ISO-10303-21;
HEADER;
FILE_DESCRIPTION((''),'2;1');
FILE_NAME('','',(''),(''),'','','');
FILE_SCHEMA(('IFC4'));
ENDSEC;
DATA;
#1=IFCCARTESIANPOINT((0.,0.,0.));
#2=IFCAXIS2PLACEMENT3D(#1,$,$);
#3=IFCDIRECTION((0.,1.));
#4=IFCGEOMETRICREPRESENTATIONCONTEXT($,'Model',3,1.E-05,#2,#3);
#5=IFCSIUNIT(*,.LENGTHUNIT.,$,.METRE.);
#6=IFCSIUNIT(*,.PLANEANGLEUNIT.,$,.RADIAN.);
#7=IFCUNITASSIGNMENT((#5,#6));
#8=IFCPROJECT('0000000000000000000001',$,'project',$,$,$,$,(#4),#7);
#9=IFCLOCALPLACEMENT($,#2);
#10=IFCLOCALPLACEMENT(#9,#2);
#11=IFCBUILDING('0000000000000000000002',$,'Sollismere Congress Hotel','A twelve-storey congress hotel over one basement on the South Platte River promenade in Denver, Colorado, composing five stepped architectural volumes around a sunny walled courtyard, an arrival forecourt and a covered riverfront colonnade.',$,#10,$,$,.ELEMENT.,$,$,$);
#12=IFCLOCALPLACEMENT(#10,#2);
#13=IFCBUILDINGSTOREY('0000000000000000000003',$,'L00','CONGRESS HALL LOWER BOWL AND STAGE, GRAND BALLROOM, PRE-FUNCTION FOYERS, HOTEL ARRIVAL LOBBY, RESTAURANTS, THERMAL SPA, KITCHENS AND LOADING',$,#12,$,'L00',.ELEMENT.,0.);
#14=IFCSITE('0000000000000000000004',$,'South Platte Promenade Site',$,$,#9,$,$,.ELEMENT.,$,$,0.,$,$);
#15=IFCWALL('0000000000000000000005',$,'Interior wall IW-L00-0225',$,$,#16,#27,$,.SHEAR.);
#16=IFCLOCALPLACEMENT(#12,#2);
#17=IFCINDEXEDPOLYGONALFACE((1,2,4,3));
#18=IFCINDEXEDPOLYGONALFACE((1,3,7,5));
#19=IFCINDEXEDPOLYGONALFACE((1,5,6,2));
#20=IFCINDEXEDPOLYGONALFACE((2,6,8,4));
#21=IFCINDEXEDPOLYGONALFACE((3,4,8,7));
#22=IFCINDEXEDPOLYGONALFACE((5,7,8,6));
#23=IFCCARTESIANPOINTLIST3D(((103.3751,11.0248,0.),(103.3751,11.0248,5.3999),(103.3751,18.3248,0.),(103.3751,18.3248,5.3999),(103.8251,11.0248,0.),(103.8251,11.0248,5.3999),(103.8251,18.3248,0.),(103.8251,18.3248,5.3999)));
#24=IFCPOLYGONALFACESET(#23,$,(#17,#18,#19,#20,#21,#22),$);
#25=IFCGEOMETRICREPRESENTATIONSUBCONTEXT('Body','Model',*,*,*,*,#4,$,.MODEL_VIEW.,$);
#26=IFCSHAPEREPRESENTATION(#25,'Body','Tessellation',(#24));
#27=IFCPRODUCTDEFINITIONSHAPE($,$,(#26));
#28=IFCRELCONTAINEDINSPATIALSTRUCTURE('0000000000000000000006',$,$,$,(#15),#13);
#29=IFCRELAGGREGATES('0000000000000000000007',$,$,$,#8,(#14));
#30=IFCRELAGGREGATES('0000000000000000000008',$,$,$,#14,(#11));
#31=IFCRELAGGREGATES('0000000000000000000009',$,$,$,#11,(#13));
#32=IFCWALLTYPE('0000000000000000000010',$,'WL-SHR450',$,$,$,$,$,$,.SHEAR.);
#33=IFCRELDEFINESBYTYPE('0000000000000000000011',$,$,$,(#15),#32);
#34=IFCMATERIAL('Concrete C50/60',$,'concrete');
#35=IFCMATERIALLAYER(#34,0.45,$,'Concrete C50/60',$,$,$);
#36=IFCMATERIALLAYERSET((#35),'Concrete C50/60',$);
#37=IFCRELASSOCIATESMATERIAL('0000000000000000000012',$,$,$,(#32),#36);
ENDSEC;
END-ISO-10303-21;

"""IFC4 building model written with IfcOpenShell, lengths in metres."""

from ifc_helpers import new_model, si_unit, direction, frame, frame_2d, origin, place, context, subcontext, project, spatial, rectangle, extrude, material, layer, layer_set, type_object, element, save


model = new_model("IFC4")

# Units and contexts
model_context = context("Model", 3, precision=1e-05, world=origin(), true_north=direction((0.0, 1.0)))
body_context = subcontext(model_context, "Body", "Model", "MODEL_VIEW")
ifc_project = project(units=[si_unit("LENGTHUNIT", "METRE"), si_unit("PLANEANGLEUNIT", "RADIAN")], contexts=[model_context])

# Site, building, storey
site_placement = place(None, origin())
site = spatial("IfcSite", under=ifc_project, at=site_placement, Name="South Platte Promenade Site", CompositionType="ELEMENT", RefElevation=0.0)
building_placement = place(site_placement, origin())
building = spatial("IfcBuilding", under=site, at=building_placement, Name="Sollismere Congress Hotel", Description="A twelve-storey congress hotel over one basement on the South Platte River promenade in Denver, Colorado, composing five stepped architectural volumes around a sunny walled courtyard, an arrival forecourt and a covered riverfront colonnade.", CompositionType="ELEMENT")
storey_placement = place(building_placement, origin())
storey = spatial("IfcBuildingStorey", under=building, at=storey_placement, Name="L00", Description="CONGRESS HALL LOWER BOWL AND STAGE, GRAND BALLROOM, PRE-FUNCTION FOYERS, HOTEL ARRIVAL LOBBY, RESTAURANTS, THERMAL SPA, KITCHENS AND LOADING", LongName="L00", CompositionType="ELEMENT", Elevation=0.0)

# Wall
ifc_material_1 = material(Name="Concrete C50/60", Category="concrete")
ifc_layer_1 = layer(ifc_material_1, 0.45, Name="Concrete C50/60")
ifc_layer_set_1 = layer_set([ifc_layer_1], Name="Concrete C50/60")
wall_type_1 = type_object("IfcWallType", Name="WL-SHR450", PredefinedType="SHEAR", material=ifc_layer_set_1)
wall_1_placement = place(storey_placement, frame((103.6001, 11.0249, 0.0), z_axis=(0.0, 0.0, 1.0), x_axis=(0.0, 1.0, 0.0)))
element("IfcWall", 1, at=wall_1_placement, inside=storey, type_object=wall_type_1, Name="Interior wall IW-L00-0225", PredefinedType="SHEAR", context=body_context, shape_type="SweptSolid", body=[
    extrude(rectangle(XDim=7.3, YDim=0.45, at=frame_2d((3.6499, 0.0))), origin(), (0.0, 0.0, 1.0), 5.3999),
])

save(model, "model.ifc")
